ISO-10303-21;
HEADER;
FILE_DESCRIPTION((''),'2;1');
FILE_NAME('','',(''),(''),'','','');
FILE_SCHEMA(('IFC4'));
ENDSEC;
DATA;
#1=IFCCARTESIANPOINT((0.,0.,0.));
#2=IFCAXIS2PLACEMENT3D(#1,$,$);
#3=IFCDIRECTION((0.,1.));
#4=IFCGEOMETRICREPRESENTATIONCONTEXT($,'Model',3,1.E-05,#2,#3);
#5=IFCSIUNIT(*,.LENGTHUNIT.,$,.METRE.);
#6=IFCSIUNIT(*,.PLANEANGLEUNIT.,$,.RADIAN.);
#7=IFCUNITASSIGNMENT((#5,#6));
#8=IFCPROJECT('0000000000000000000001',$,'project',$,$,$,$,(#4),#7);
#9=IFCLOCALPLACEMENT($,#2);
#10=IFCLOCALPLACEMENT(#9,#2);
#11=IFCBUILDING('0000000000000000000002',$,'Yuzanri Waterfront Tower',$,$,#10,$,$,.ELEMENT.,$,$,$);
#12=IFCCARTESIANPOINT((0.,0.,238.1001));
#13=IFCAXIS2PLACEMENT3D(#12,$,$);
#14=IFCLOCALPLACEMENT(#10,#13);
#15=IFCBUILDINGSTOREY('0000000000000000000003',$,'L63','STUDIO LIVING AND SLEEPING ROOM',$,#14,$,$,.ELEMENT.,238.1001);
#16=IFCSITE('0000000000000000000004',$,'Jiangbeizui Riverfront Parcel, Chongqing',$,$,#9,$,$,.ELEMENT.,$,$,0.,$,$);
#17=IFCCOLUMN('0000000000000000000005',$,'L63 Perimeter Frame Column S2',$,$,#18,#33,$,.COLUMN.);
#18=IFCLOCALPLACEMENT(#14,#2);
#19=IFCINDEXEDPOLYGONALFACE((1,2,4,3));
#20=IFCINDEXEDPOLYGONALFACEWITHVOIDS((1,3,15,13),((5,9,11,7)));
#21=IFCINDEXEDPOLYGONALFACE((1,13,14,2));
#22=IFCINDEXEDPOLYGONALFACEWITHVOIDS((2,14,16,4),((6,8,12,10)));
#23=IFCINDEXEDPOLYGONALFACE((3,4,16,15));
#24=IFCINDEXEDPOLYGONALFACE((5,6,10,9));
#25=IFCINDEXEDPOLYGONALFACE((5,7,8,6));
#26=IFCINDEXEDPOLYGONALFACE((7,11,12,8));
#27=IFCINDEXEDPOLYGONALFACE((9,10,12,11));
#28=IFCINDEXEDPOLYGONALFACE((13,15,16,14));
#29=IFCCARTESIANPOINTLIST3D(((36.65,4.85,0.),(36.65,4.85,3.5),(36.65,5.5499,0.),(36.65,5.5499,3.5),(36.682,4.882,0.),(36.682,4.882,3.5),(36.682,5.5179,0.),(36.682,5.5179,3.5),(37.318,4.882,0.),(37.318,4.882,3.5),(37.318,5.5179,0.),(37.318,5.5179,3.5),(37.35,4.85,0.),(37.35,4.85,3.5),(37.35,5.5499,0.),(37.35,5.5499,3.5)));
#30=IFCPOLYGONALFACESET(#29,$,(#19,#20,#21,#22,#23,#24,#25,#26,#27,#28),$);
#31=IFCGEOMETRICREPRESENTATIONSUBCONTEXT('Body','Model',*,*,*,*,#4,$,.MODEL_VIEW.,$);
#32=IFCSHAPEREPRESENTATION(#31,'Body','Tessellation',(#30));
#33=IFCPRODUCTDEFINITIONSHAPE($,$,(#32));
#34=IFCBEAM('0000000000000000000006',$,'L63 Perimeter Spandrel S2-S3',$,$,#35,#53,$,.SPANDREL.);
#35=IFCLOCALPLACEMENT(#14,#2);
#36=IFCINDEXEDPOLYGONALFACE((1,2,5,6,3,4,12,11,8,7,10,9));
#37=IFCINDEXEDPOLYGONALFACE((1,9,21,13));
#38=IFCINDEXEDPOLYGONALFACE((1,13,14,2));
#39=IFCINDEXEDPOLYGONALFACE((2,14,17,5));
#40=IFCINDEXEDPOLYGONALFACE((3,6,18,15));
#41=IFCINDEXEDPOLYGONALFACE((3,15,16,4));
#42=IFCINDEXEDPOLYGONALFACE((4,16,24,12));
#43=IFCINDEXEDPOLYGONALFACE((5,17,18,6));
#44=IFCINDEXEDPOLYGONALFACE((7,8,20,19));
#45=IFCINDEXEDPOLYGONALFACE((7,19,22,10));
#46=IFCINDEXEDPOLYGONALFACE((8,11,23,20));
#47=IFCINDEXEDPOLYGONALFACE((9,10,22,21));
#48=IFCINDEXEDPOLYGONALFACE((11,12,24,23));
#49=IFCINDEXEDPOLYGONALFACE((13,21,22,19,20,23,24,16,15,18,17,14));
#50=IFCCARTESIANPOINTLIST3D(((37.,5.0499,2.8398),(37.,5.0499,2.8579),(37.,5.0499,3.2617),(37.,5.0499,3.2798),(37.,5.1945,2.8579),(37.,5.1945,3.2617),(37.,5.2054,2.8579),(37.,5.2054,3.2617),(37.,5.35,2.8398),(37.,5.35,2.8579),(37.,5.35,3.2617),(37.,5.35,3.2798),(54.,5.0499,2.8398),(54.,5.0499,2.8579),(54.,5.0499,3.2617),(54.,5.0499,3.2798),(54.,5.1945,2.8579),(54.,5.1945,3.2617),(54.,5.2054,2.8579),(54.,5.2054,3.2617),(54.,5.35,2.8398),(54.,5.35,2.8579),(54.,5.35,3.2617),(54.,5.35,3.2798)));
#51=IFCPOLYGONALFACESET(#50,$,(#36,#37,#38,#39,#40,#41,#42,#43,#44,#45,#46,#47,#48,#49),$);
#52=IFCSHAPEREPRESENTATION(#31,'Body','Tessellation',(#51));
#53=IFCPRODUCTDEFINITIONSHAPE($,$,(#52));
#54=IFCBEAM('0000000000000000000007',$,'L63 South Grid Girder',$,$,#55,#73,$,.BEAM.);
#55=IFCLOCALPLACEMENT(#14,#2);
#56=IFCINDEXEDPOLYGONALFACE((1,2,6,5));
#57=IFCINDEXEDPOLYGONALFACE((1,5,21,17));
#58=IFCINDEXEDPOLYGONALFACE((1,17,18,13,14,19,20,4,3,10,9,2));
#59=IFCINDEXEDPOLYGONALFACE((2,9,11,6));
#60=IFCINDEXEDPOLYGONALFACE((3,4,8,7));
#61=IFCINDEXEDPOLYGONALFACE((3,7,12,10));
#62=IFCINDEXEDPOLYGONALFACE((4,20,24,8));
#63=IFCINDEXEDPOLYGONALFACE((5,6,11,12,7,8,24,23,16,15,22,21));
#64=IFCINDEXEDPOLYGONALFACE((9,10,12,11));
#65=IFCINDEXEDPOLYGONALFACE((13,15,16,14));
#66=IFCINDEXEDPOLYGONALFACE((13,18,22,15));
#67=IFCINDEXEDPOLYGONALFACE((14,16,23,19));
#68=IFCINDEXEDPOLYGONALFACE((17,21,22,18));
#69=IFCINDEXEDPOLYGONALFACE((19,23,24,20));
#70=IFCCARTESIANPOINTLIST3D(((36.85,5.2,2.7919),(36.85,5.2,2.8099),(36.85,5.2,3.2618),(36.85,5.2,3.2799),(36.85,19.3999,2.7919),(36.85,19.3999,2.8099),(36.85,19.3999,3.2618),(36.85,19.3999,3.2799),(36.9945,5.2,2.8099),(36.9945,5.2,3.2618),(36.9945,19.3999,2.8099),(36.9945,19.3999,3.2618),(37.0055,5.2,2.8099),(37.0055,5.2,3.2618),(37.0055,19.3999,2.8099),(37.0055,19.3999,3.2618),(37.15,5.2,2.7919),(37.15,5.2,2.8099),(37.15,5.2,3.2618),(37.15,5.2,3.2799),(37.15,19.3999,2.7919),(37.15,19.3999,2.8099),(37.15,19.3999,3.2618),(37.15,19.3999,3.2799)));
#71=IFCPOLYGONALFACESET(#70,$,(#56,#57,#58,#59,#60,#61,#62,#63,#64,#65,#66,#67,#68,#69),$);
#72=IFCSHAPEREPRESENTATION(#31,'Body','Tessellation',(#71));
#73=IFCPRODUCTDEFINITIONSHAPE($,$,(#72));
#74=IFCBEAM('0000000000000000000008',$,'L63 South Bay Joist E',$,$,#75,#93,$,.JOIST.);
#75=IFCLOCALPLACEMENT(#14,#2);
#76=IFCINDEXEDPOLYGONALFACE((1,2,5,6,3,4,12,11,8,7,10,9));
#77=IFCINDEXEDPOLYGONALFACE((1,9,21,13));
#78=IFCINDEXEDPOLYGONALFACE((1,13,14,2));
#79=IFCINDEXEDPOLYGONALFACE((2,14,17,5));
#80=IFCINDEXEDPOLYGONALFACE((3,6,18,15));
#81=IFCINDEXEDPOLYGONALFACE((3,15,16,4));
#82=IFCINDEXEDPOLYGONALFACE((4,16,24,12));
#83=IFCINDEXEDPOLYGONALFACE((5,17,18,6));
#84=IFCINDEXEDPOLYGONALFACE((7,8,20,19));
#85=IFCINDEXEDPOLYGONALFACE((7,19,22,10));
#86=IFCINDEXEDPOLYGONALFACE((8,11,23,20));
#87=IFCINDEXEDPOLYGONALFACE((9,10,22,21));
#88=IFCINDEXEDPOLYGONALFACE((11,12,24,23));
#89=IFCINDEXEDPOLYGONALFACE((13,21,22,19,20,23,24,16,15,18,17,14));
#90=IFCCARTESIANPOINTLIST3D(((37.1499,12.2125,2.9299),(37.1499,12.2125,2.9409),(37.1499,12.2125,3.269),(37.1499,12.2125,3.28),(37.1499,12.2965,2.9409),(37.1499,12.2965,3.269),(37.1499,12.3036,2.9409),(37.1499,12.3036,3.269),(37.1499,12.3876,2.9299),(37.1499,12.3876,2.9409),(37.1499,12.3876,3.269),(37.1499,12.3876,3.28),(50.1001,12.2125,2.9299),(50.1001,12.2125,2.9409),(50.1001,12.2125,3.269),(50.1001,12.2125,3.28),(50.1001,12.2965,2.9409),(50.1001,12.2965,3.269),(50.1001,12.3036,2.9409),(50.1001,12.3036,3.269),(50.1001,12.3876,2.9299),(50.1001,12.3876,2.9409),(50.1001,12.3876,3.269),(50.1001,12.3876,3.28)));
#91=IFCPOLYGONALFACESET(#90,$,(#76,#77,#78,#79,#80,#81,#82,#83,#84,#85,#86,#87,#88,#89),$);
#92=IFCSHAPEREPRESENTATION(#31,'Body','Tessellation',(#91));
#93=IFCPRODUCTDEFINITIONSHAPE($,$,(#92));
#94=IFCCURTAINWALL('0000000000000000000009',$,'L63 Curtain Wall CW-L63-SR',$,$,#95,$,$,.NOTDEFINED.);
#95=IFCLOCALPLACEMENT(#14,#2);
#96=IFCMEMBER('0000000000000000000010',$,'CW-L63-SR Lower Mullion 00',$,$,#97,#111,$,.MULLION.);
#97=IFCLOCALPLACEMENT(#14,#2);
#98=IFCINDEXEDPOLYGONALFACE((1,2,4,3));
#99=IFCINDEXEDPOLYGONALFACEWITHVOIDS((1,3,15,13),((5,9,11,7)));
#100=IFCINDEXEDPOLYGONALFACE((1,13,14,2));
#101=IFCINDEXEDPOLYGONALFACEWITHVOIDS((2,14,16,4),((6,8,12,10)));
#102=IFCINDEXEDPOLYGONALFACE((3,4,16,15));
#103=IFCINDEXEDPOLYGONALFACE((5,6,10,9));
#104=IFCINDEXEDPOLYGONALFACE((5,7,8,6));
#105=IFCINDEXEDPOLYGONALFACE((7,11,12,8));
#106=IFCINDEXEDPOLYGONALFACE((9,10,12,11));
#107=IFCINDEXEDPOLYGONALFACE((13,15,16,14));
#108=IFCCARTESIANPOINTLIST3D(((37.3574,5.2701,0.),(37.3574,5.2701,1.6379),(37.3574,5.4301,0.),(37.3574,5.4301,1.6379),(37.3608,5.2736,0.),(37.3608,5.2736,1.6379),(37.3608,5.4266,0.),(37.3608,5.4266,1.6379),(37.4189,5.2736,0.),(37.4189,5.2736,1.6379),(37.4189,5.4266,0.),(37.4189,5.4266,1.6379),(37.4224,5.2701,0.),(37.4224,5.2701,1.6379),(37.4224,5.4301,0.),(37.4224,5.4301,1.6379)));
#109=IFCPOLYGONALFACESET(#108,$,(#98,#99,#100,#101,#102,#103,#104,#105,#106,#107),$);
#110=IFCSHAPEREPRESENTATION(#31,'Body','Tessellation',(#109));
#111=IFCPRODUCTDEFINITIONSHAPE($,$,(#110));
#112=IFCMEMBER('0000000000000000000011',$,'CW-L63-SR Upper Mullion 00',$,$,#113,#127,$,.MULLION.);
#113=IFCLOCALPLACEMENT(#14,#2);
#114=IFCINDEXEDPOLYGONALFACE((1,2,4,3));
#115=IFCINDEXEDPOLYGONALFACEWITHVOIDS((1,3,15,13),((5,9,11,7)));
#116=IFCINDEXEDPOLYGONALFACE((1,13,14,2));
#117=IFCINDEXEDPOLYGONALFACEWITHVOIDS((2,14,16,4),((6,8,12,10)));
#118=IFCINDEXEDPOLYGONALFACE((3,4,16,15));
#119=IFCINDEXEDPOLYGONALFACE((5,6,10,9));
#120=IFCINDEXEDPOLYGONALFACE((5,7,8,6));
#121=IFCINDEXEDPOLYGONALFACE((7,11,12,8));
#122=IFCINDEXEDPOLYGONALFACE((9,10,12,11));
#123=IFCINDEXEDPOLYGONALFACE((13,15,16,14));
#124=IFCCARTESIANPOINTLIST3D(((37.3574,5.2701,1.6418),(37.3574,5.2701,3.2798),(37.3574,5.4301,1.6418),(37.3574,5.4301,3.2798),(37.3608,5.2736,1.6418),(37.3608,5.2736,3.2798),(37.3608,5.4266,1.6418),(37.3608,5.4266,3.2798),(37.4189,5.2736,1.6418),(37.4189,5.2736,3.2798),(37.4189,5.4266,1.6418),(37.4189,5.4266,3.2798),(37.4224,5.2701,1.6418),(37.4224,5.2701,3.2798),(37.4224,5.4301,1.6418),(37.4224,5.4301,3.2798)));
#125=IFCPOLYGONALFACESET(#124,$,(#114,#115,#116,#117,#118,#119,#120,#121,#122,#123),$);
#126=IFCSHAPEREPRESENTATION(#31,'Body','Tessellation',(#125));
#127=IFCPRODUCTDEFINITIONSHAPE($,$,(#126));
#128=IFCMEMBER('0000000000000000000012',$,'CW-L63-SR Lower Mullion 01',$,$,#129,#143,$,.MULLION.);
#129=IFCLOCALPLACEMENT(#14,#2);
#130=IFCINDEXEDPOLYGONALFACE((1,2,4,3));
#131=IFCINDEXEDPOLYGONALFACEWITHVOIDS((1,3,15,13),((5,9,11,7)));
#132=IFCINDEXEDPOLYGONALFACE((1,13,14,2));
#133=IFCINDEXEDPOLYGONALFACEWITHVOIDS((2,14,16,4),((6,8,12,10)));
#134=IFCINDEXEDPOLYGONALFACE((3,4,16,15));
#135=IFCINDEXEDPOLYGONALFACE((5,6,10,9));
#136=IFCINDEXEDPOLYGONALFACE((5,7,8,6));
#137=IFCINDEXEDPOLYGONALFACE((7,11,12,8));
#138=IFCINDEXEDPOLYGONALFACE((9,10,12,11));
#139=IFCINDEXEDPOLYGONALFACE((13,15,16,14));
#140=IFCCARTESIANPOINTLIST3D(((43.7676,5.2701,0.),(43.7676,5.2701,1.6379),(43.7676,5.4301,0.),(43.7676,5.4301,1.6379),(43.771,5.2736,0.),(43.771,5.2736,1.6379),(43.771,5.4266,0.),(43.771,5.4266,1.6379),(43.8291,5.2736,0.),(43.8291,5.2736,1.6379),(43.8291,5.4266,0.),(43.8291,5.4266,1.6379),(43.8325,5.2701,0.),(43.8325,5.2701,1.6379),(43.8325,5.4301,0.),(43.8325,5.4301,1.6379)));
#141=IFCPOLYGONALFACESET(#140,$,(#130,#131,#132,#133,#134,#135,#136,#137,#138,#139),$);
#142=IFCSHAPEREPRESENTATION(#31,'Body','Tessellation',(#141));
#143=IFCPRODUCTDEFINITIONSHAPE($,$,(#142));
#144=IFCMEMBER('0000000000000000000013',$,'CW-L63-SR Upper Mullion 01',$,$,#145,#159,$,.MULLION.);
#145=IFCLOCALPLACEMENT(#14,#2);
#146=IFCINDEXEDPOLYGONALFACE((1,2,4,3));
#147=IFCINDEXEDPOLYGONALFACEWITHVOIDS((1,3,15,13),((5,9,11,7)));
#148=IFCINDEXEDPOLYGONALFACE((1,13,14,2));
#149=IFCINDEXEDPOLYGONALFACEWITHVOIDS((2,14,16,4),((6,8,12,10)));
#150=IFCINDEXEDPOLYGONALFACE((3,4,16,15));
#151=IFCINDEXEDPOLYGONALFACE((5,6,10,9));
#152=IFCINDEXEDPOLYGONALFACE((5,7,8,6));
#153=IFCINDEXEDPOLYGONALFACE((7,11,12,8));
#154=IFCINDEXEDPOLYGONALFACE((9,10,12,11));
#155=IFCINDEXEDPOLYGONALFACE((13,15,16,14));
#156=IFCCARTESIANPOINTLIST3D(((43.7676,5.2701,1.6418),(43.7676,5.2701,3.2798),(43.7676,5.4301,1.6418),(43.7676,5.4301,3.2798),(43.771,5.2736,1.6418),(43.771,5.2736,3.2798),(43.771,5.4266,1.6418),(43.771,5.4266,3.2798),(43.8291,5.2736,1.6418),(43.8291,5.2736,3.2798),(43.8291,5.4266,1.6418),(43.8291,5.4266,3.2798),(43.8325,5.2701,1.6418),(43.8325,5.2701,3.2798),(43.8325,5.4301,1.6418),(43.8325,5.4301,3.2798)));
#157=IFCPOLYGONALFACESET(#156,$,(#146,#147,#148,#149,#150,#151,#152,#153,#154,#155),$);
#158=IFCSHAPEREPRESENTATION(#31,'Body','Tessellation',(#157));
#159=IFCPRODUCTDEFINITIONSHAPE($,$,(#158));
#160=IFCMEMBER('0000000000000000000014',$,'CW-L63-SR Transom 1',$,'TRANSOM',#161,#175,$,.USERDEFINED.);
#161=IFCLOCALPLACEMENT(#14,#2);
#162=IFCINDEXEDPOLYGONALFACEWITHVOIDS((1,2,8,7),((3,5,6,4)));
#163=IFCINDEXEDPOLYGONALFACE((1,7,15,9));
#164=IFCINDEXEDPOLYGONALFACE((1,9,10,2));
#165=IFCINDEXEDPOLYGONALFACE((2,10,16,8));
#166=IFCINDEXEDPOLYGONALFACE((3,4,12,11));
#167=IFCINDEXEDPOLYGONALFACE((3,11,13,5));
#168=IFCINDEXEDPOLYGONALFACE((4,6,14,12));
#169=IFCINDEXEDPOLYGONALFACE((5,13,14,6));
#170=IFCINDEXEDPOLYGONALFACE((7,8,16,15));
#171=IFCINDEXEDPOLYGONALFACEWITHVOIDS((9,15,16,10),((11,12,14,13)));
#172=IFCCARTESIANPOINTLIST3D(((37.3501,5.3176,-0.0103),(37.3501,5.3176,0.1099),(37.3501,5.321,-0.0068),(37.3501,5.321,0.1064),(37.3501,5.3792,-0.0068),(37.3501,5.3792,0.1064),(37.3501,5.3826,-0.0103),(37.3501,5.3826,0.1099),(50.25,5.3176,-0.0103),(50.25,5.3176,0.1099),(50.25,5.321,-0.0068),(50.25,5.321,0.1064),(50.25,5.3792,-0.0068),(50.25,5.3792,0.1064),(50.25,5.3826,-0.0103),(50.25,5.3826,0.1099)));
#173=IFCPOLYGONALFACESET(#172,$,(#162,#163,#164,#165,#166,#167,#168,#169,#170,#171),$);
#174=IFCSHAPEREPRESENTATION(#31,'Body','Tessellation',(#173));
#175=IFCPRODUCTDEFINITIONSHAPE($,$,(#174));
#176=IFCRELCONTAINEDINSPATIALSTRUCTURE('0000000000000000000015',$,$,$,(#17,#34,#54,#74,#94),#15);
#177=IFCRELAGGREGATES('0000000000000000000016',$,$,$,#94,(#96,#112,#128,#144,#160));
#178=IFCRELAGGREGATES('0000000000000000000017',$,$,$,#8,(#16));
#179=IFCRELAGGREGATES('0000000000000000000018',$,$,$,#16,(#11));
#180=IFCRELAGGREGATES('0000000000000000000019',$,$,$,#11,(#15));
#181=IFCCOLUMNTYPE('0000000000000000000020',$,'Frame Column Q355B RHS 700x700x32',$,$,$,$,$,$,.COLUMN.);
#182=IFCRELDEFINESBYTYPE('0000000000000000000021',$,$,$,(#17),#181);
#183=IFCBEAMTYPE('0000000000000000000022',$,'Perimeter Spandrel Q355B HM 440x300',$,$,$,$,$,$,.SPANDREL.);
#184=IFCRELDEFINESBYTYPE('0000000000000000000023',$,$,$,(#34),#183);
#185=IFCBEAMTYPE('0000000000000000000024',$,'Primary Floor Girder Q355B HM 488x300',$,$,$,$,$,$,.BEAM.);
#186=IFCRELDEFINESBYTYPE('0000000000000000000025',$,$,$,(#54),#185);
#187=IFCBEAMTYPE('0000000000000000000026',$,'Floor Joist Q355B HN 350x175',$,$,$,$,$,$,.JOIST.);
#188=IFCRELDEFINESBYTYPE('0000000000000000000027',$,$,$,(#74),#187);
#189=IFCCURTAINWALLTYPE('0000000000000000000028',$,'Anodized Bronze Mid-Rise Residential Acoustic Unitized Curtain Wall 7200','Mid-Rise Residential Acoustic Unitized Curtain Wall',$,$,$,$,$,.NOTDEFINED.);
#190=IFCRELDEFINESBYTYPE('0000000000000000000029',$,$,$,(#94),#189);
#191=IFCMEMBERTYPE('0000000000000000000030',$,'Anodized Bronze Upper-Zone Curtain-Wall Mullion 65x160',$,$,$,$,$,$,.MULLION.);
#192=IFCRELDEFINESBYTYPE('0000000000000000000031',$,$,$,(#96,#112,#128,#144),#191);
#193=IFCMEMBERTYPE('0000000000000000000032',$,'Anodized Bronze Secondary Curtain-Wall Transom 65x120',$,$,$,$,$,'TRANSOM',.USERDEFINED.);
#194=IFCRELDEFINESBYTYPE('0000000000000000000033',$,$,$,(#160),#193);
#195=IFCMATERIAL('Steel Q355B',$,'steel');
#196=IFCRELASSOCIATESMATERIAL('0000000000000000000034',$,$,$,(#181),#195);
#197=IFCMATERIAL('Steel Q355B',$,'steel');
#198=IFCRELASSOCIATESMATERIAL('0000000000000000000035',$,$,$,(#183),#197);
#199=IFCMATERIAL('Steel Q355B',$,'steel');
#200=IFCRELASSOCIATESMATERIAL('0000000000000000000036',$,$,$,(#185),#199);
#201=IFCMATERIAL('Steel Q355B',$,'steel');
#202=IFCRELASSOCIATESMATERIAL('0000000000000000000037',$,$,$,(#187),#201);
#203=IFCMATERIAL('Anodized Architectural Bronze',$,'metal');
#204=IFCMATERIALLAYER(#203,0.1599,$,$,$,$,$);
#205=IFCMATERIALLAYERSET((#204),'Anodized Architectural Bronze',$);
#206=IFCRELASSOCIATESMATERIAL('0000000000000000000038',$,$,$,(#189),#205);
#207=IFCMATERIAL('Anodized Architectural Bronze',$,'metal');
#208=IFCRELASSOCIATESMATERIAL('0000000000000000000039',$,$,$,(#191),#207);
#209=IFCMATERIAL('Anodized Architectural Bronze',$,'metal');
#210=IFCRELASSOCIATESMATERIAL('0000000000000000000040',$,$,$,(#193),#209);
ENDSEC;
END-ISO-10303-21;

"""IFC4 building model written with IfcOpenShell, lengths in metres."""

from ifc_helpers import new_model, si_unit, direction, frame, origin, origin_2d, place, context, subcontext, project, spatial, hollow_rectangle, i_section, extrude, source, transform, mapped, material, layer, layer_set, material_profile, profile_set, type_object, element, aggregate, save


model = new_model("IFC4")

# Units and contexts
model_context = context("Model", 3, precision=1e-05, world=origin(), true_north=direction((0.0, 1.0)))
body_context = subcontext(model_context, "Body", "Model", "MODEL_VIEW")
ifc_project = project(units=[si_unit("LENGTHUNIT", "METRE"), si_unit("PLANEANGLEUNIT", "RADIAN")], contexts=[model_context])

# Site, building, storey
site_placement = place(None, origin())
site = spatial("IfcSite", under=ifc_project, at=site_placement, Name="Jiangbeizui Riverfront Parcel, Chongqing", CompositionType="ELEMENT", RefElevation=0.0)
building_placement = place(site_placement, origin())
building = spatial("IfcBuilding", under=site, at=building_placement, Name="Yuzanri Waterfront Tower", CompositionType="ELEMENT")
storey_placement = place(building_placement, frame((0.0, 0.0, 238.1001)))
storey = spatial("IfcBuildingStorey", under=building, at=storey_placement, Name="L63", Description="STUDIO LIVING AND SLEEPING ROOM", CompositionType="ELEMENT", Elevation=238.1001)

# Column
ifc_material_1 = material(Name="Steel Q355B", Category="steel")
ifc_material_profile_1 = material_profile(ifc_material_1, hollow_rectangle(XDim=0.7, YDim=0.7, WallThickness=0.032, at=origin_2d()), Name="RHS 700x700x32")
ifc_profile_set_1 = profile_set([ifc_material_profile_1], Name="Steel Q355B")
column_type = type_object("IfcColumnType", Name="Frame Column Q355B RHS 700x700x32", PredefinedType="COLUMN", material=ifc_profile_set_1)
shared_shape_1 = source(origin(), body_context, "Body", "SweptSolid", [
    extrude(hollow_rectangle(XDim=0.7, YDim=0.7, WallThickness=0.032, at=origin_2d()), origin(), (0.0, 0.0, 1.0), 3.5),
])
column_placement = place(storey_placement, frame((37.0, 5.2, 0.0), z_axis=(0.0, 0.0, 1.0), x_axis=(1.0, 0.0, 0.0)))
element("IfcColumn", 1, at=column_placement, inside=storey, type_object=column_type, Name="L63 Perimeter Frame Column S2", PredefinedType="COLUMN", context=body_context, shape_type="MappedRepresentation", body=[
    mapped(shared_shape_1, transform((0.0, 0.0, 0.0), scale=1.0)),
])

# Beams
ifc_material_2 = material(Name="Steel Q355B", Category="steel")
ifc_material_profile_2 = material_profile(ifc_material_2, i_section(OverallWidth=0.3, OverallDepth=0.4399, WebThickness=0.011, FlangeThickness=0.0181, at=origin_2d()), Name="HM 440x300x11x18")
ifc_profile_set_2 = profile_set([ifc_material_profile_2], Name="Steel Q355B")
beam_type_1 = type_object("IfcBeamType", Name="Perimeter Spandrel Q355B HM 440x300", PredefinedType="SPANDREL", material=ifc_profile_set_2)
shared_shape_2 = source(origin(), body_context, "Body", "SweptSolid", [
    extrude(i_section(OverallWidth=0.3, OverallDepth=0.4399, WebThickness=0.011, FlangeThickness=0.0181, at=origin_2d()), origin(), (0.0, 0.0, 1.0), 17.0),
])
beam_1_placement = place(storey_placement, frame((37.0, 5.2, 3.0598), z_axis=(1.0, 0.0, 0.0), x_axis=(0.0, 1.0, 0.0)))
element("IfcBeam", 2, at=beam_1_placement, inside=storey, type_object=beam_type_1, Name="L63 Perimeter Spandrel S2-S3", PredefinedType="SPANDREL", context=body_context, shape_type="MappedRepresentation", body=[
    mapped(shared_shape_2, transform((0.0, 0.0, 0.0), scale=1.0)),
])
ifc_material_3 = material(Name="Steel Q355B", Category="steel")
ifc_material_profile_3 = material_profile(ifc_material_3, i_section(OverallWidth=0.3, OverallDepth=0.488, WebThickness=0.011, FlangeThickness=0.0181, at=origin_2d()), Name="HM 488x300x11x18")
ifc_profile_set_3 = profile_set([ifc_material_profile_3], Name="Steel Q355B")
beam_type_2 = type_object("IfcBeamType", Name="Primary Floor Girder Q355B HM 488x300", PredefinedType="BEAM", material=ifc_profile_set_3)
shared_shape_3 = source(origin(), body_context, "Body", "SweptSolid", [
    extrude(i_section(OverallWidth=0.3, OverallDepth=0.488, WebThickness=0.011, FlangeThickness=0.0181, at=origin_2d()), origin(), (0.0, 0.0, 1.0), 14.2),
])
beam_2_placement = place(storey_placement, frame((37.0, 19.3999, 3.0359), z_axis=(0.0, -1.0, 0.0), x_axis=(1.0, 0.0, 0.0)))
element("IfcBeam", 3, at=beam_2_placement, inside=storey, type_object=beam_type_2, Name="L63 South Grid Girder", PredefinedType="BEAM", context=body_context, shape_type="MappedRepresentation", body=[
    mapped(shared_shape_3, transform((0.0, 0.0, 0.0), scale=1.0)),
])
ifc_material_4 = material(Name="Steel Q355B", Category="steel")
ifc_material_profile_4 = material_profile(ifc_material_4, i_section(OverallWidth=0.175, OverallDepth=0.3501, WebThickness=0.0071, FlangeThickness=0.011, at=origin_2d()), Name="HN 350x175x7x11")
ifc_profile_set_4 = profile_set([ifc_material_profile_4], Name="Steel Q355B")
beam_type_3 = type_object("IfcBeamType", Name="Floor Joist Q355B HN 350x175", PredefinedType="JOIST", material=ifc_profile_set_4)
shared_shape_4 = source(origin(), body_context, "Body", "SweptSolid", [
    extrude(i_section(OverallWidth=0.175, OverallDepth=0.3501, WebThickness=0.0071, FlangeThickness=0.011, at=origin_2d()), origin(), (0.0, 0.0, 1.0), 12.9502),
])
beam_3_placement = place(storey_placement, frame((37.1499, 12.3, 3.105), z_axis=(1.0, 0.0, 0.0), x_axis=(0.0, 1.0, 0.0)))
element("IfcBeam", 4, at=beam_3_placement, inside=storey, type_object=beam_type_3, Name="L63 South Bay Joist E", PredefinedType="JOIST", context=body_context, shape_type="MappedRepresentation", body=[
    mapped(shared_shape_4, transform((0.0, 0.0, 0.0), scale=1.0)),
])

# Curtain wall, members
ifc_material_5 = material(Name="Anodized Architectural Bronze", Category="metal")
ifc_layer_1 = layer(ifc_material_5, 0.1599)
ifc_layer_set_1 = layer_set([ifc_layer_1], Name="Anodized Architectural Bronze")
curtain_wall_type = type_object("IfcCurtainWallType", Name="Anodized Bronze Mid-Rise Residential Acoustic Unitized Curtain Wall 7200", Description="Mid-Rise Residential Acoustic Unitized Curtain Wall", PredefinedType="NOTDEFINED", material=ifc_layer_set_1)
curtain_wall_placement = place(storey_placement, origin())
curtain_wall = element("IfcCurtainWall", 5, at=curtain_wall_placement, inside=storey, type_object=curtain_wall_type, Name="L63 Curtain Wall CW-L63-SR", PredefinedType="NOTDEFINED")
ifc_material_6 = material(Name="Anodized Architectural Bronze", Category="metal")
ifc_material_profile_5 = material_profile(ifc_material_6, hollow_rectangle(XDim=0.0649, YDim=0.1599, WallThickness=0.0034, at=origin_2d()), Name="CWM 65x160")
ifc_profile_set_5 = profile_set([ifc_material_profile_5], Name="Anodized Architectural Bronze")
member_type_1 = type_object("IfcMemberType", Name="Anodized Bronze Upper-Zone Curtain-Wall Mullion 65x160", PredefinedType="MULLION", material=ifc_profile_set_5)
shared_shape_5 = source(origin(), body_context, "Body", "SweptSolid", [
    extrude(hollow_rectangle(XDim=0.0649, YDim=0.1599, WallThickness=0.0034, at=origin_2d()), origin(), (0.0, 0.0, 1.0), 1.6379),
])
member_1_placement = place(storey_placement, frame((37.3899, 5.3501, 0.0), z_axis=(0.0, 0.0, 1.0), x_axis=(1.0, 0.0, 0.0)))
member_1 = element("IfcMember", 6, at=member_1_placement, type_object=member_type_1, Name="CW-L63-SR Lower Mullion 00", PredefinedType="MULLION", context=body_context, shape_type="MappedRepresentation", body=[
    mapped(shared_shape_5, transform((0.0, 0.0, 0.0), scale=1.0)),
])
member_2_placement = place(storey_placement, frame((37.3899, 5.3501, 1.6418), z_axis=(0.0, 0.0, 1.0), x_axis=(1.0, 0.0, 0.0)))
member_2 = element("IfcMember", 7, at=member_2_placement, type_object=member_type_1, Name="CW-L63-SR Upper Mullion 00", PredefinedType="MULLION", context=body_context, shape_type="MappedRepresentation", body=[
    mapped(shared_shape_5, transform((0.0, 0.0, 0.0), scale=1.0)),
])
member_3_placement = place(storey_placement, frame((43.8, 5.3501, 0.0), z_axis=(0.0, 0.0, 1.0), x_axis=(1.0, 0.0, 0.0)))
member_3 = element("IfcMember", 8, at=member_3_placement, type_object=member_type_1, Name="CW-L63-SR Lower Mullion 01", PredefinedType="MULLION", context=body_context, shape_type="MappedRepresentation", body=[
    mapped(shared_shape_5, transform((0.0, 0.0, 0.0), scale=1.0)),
])
member_4_placement = place(storey_placement, frame((43.8, 5.3501, 1.6418), z_axis=(0.0, 0.0, 1.0), x_axis=(1.0, 0.0, 0.0)))
member_4 = element("IfcMember", 9, at=member_4_placement, type_object=member_type_1, Name="CW-L63-SR Upper Mullion 01", PredefinedType="MULLION", context=body_context, shape_type="MappedRepresentation", body=[
    mapped(shared_shape_5, transform((0.0, 0.0, 0.0), scale=1.0)),
])
ifc_material_7 = material(Name="Anodized Architectural Bronze", Category="metal")
ifc_material_profile_6 = material_profile(ifc_material_7, hollow_rectangle(XDim=0.0649, YDim=0.1201, WallThickness=0.0034, at=origin_2d()), Name="CWT 65x120")
ifc_profile_set_6 = profile_set([ifc_material_profile_6], Name="Anodized Architectural Bronze")
member_type_2 = type_object("IfcMemberType", Name="Anodized Bronze Secondary Curtain-Wall Transom 65x120", ElementType="TRANSOM", PredefinedType="USERDEFINED", material=ifc_profile_set_6)
shared_shape_6 = source(origin(), body_context, "Body", "SweptSolid", [
    extrude(hollow_rectangle(XDim=0.0649, YDim=0.1201, WallThickness=0.0034, at=origin_2d()), origin(), (0.0, 0.0, 1.0), 12.8999),
])
member_5_placement = place(storey_placement, frame((37.3501, 5.3501, 0.0498), z_axis=(1.0, 0.0, 0.0), x_axis=(0.0, 1.0, 0.0)))
member_5 = element("IfcMember", 10, at=member_5_placement, type_object=member_type_2, Name="CW-L63-SR Transom 1", ObjectType="TRANSOM", PredefinedType="USERDEFINED", context=body_context, shape_type="MappedRepresentation", body=[
    mapped(shared_shape_6, transform((0.0, 0.0, 0.0), scale=1.0)),
])
aggregate(curtain_wall, [member_1, member_2, member_3, member_4, member_5])

save(model, "model.ifc")
